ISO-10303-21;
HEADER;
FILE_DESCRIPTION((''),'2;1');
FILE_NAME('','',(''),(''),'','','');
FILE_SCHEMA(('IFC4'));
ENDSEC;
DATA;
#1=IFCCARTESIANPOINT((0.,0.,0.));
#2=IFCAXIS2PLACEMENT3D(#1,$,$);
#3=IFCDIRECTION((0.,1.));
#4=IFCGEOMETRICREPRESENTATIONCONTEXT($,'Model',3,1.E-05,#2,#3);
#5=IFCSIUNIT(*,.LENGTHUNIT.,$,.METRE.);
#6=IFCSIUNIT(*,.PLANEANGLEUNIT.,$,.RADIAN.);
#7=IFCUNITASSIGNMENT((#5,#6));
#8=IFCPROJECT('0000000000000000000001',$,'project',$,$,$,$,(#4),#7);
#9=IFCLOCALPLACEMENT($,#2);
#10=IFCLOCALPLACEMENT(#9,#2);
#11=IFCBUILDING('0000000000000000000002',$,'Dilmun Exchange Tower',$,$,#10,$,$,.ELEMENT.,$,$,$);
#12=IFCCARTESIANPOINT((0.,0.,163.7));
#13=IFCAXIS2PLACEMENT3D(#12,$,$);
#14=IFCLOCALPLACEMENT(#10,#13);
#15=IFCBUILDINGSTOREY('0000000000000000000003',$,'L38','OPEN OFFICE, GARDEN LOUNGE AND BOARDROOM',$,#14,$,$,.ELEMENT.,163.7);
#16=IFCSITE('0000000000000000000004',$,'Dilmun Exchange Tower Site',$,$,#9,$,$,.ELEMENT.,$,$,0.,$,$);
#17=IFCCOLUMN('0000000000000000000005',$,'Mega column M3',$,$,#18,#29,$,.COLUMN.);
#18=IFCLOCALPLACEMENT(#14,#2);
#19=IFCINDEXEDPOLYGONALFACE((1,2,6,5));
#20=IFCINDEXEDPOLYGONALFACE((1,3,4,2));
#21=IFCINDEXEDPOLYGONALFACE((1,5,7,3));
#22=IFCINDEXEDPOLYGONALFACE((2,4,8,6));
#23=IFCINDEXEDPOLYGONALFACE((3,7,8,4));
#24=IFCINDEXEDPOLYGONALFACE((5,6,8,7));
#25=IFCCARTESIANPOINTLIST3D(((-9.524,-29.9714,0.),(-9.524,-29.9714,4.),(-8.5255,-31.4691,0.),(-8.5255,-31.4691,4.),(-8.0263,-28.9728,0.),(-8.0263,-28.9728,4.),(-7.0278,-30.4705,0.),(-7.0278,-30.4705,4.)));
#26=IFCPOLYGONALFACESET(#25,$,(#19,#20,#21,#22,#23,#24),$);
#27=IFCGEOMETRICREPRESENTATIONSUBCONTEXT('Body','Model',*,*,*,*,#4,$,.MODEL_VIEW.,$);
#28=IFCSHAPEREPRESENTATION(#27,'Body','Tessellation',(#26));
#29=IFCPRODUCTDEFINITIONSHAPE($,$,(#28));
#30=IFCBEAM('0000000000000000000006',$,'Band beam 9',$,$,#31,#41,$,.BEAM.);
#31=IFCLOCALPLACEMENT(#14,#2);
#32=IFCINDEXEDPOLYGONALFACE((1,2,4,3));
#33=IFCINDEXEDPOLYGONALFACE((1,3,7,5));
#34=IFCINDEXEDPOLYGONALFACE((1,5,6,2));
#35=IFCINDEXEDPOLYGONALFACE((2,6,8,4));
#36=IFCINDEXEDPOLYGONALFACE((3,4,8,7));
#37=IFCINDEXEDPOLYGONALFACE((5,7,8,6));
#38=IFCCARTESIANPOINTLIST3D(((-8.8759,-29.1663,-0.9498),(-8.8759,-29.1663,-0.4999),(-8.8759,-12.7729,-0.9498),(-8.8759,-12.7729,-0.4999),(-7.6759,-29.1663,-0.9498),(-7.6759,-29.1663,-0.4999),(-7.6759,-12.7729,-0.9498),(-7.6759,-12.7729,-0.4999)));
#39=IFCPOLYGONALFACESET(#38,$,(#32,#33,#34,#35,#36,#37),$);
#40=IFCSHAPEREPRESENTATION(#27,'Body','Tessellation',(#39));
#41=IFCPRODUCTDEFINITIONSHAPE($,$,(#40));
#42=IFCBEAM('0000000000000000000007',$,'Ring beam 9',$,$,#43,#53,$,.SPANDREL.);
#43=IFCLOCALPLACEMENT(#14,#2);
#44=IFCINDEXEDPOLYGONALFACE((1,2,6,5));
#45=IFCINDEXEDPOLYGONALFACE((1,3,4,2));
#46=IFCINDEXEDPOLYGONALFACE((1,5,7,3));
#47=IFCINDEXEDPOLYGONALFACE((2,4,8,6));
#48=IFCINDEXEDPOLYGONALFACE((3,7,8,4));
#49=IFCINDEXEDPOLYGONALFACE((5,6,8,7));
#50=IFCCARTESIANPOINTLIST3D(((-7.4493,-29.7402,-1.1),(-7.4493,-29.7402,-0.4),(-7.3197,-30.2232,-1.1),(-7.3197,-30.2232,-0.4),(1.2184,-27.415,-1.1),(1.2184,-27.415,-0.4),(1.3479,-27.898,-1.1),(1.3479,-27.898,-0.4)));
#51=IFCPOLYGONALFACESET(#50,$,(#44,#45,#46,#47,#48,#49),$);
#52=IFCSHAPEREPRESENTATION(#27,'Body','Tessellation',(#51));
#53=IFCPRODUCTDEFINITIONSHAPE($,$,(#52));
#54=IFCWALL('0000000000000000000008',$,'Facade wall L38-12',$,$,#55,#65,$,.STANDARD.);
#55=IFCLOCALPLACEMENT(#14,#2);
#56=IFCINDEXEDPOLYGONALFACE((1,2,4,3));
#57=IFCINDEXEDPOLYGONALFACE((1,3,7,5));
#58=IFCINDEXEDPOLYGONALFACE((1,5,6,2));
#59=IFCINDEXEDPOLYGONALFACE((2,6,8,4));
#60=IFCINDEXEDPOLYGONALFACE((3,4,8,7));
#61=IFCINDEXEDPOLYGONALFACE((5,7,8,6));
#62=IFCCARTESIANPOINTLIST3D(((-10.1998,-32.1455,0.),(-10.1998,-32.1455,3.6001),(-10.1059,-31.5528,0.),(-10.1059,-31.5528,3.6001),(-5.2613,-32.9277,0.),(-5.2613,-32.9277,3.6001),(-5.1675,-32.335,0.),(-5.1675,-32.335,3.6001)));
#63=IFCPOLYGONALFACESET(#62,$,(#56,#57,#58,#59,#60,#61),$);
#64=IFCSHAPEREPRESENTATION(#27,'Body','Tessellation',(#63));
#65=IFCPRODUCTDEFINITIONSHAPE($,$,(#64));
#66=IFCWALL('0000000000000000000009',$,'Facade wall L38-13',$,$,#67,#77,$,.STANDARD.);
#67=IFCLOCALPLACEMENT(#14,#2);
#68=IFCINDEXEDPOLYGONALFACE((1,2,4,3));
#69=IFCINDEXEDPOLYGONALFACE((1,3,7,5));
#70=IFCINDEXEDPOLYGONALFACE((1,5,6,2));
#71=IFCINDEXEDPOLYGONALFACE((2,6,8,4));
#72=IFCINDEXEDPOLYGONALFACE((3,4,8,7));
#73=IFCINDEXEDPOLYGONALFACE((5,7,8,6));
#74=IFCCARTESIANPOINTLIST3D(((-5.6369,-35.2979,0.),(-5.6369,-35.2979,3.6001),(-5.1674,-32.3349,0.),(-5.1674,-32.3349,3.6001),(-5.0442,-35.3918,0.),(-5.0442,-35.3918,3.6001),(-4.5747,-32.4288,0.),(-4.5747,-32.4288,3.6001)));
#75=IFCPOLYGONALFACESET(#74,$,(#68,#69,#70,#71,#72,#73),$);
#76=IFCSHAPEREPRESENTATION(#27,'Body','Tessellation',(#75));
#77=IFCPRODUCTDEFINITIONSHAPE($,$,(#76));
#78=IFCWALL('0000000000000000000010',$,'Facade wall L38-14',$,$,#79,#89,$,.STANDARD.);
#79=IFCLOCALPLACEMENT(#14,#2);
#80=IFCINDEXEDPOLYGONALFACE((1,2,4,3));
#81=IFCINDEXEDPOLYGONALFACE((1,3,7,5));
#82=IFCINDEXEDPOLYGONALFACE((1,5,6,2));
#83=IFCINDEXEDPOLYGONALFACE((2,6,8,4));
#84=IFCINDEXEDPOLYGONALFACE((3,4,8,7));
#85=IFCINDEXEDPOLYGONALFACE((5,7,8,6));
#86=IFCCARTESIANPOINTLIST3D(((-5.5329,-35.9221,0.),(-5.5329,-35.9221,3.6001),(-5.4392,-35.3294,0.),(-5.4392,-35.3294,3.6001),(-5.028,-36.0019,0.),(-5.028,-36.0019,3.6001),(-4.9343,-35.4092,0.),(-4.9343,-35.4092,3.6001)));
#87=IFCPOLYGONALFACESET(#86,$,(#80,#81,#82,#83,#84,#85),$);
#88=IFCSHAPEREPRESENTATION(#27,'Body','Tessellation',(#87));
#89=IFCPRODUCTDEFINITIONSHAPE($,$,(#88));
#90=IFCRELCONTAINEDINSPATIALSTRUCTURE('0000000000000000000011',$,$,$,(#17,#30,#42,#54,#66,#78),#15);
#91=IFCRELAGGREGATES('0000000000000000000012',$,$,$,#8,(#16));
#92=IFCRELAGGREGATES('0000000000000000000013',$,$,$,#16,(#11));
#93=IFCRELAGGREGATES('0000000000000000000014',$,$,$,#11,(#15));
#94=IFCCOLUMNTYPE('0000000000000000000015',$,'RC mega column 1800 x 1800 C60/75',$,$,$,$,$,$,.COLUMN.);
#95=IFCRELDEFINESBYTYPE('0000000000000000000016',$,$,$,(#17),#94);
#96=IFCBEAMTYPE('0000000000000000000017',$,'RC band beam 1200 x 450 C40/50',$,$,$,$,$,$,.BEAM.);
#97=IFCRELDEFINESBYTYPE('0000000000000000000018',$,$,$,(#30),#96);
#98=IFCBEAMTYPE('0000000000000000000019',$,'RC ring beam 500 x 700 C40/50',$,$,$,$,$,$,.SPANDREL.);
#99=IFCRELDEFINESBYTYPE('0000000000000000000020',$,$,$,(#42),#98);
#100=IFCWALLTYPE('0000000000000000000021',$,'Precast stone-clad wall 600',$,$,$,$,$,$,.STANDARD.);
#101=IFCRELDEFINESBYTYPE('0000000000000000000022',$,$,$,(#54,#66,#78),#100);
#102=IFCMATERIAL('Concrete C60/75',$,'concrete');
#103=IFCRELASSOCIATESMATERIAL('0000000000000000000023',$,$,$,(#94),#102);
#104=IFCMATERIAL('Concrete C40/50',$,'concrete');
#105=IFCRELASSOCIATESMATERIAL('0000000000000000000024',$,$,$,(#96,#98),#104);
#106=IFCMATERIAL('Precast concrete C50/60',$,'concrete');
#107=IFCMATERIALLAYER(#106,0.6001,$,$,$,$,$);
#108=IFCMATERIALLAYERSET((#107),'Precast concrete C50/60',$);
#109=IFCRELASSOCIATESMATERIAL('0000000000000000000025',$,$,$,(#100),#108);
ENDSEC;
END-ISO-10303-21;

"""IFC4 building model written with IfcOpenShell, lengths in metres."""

from ifc_helpers import new_model, si_unit, direction, frame, frame_2d, origin, origin_2d, place, context, subcontext, project, spatial, rectangle, extrude, material, layer, layer_set, material_profile, profile_set, type_object, element, save


model = new_model("IFC4")

# Units and contexts
model_context = context("Model", 3, precision=1e-05, world=origin(), true_north=direction((0.0, 1.0)))
body_context = subcontext(model_context, "Body", "Model", "MODEL_VIEW")
ifc_project = project(units=[si_unit("LENGTHUNIT", "METRE"), si_unit("PLANEANGLEUNIT", "RADIAN")], contexts=[model_context])

# Site, building, storey
site_placement = place(None, origin())
site = spatial("IfcSite", under=ifc_project, at=site_placement, Name="Dilmun Exchange Tower Site", CompositionType="ELEMENT", RefElevation=0.0)
building_placement = place(site_placement, origin())
building = spatial("IfcBuilding", under=site, at=building_placement, Name="Dilmun Exchange Tower", CompositionType="ELEMENT")
storey_placement = place(building_placement, frame((0.0, 0.0, 163.7)))
storey = spatial("IfcBuildingStorey", under=building, at=storey_placement, Name="L38", Description="OPEN OFFICE, GARDEN LOUNGE AND BOARDROOM", CompositionType="ELEMENT", Elevation=163.7)

# Column
ifc_material_1 = material(Name="Concrete C60/75", Category="concrete")
ifc_material_profile_1 = material_profile(ifc_material_1, rectangle(XDim=1.8, YDim=1.8, at=origin_2d()), Name="1800 x 1800")
ifc_profile_set_1 = profile_set([ifc_material_profile_1], Name="Concrete C60/75")
column_type = type_object("IfcColumnType", Name="RC mega column 1800 x 1800 C60/75", PredefinedType="COLUMN", material=ifc_profile_set_1)
column_placement = place(storey_placement, frame((-8.2759, -30.2209, 0.0), z_axis=(0.0, 0.0, 1.0), x_axis=(0.832029, 0.554733, 0.0)))
element("IfcColumn", 1, at=column_placement, inside=storey, type_object=column_type, Name="Mega column M3", PredefinedType="COLUMN", context=body_context, shape_type="SweptSolid", body=[
    extrude(rectangle(XDim=1.8, YDim=1.8, at=origin_2d()), origin(), (0.0, 0.0, 1.0), 4.0),
])

# Beams
ifc_material_2 = material(Name="Concrete C40/50", Category="concrete")
ifc_material_profile_2 = material_profile(ifc_material_2, rectangle(XDim=1.2, YDim=0.45, at=origin_2d()), Name="1200 x 450")
ifc_profile_set_2 = profile_set([ifc_material_profile_2], Name="Concrete C40/50")
beam_type_1 = type_object("IfcBeamType", Name="RC band beam 1200 x 450 C40/50", PredefinedType="BEAM", material=ifc_profile_set_2)
beam_1_placement = place(storey_placement, frame((-8.2759, -29.1663, -0.7249), z_axis=(0.0, 1.0, 0.0), x_axis=(-1.0, 0.0, 0.0)))
element("IfcBeam", 2, at=beam_1_placement, inside=storey, type_object=beam_type_1, Name="Band beam 9", PredefinedType="BEAM", context=body_context, shape_type="SweptSolid", body=[
    extrude(rectangle(XDim=1.2, YDim=0.45, at=origin_2d()), origin(), (0.0, 0.0, 1.0), 16.3933),
])
ifc_material_profile_3 = material_profile(ifc_material_2, rectangle(XDim=0.5, YDim=0.7, at=origin_2d()), Name="500 x 700")
ifc_profile_set_3 = profile_set([ifc_material_profile_3], Name="Concrete C40/50")
beam_type_2 = type_object("IfcBeamType", Name="RC ring beam 500 x 700 C40/50", PredefinedType="SPANDREL", material=ifc_profile_set_3)
beam_2_placement = place(storey_placement, frame((-7.3845, -29.9817, -0.75), z_axis=(0.965851, 0.259098, 0.0), x_axis=(-0.259098, 0.965851, 0.0)))
element("IfcBeam", 3, at=beam_2_placement, inside=storey, type_object=beam_type_2, Name="Ring beam 9", PredefinedType="SPANDREL", context=body_context, shape_type="SweptSolid", body=[
    extrude(rectangle(XDim=0.5, YDim=0.7, at=origin_2d()), origin(), (0.0, 0.0, 1.0), 8.9741),
])

# Walls
ifc_material_3 = material(Name="Precast concrete C50/60", Category="concrete")
ifc_layer = layer(ifc_material_3, 0.6001)
ifc_layer_set = layer_set([ifc_layer], Name="Precast concrete C50/60")
wall_type = type_object("IfcWallType", Name="Precast stone-clad wall 600", PredefinedType="STANDARD", material=ifc_layer_set)
wall_1_placement = place(storey_placement, frame((-10.1528, -31.8491, 0.0), z_axis=(0.0, 0.0, 1.0), x_axis=(0.987687, -0.156444, 0.0)))
element("IfcWall", 4, at=wall_1_placement, inside=storey, type_object=wall_type, Name="Facade wall L38-12", PredefinedType="STANDARD", context=body_context, shape_type="SweptSolid", body=[
    extrude(rectangle(XDim=5.0, YDim=0.6001, at=frame_2d((2.5, 0.0))), origin(), (0.0, 0.0, 1.0), 3.6001),
])
wall_2_placement = place(storey_placement, frame((-4.8711, -32.3818, 0.0), z_axis=(0.0, 0.0, 1.0), x_axis=(-0.156489, -0.98768, 0.0)))
element("IfcWall", 5, at=wall_2_placement, inside=storey, type_object=wall_type, Name="Facade wall L38-13", PredefinedType="STANDARD", context=body_context, shape_type="SweptSolid", body=[
    extrude(rectangle(XDim=3.0, YDim=0.6001, at=frame_2d((1.5, 0.0))), origin(), (0.0, 0.0, 1.0), 3.6001),
])
wall_3_placement = place(storey_placement, frame((-5.4861, -35.6257, 0.0), z_axis=(0.0, 0.0, 1.0), x_axis=(0.987728, -0.156183, 0.0)))
element("IfcWall", 6, at=wall_3_placement, inside=storey, type_object=wall_type, Name="Facade wall L38-14", PredefinedType="STANDARD", context=body_context, shape_type="SweptSolid", body=[
    extrude(rectangle(XDim=0.5112, YDim=0.6001, at=frame_2d((0.2556, 0.0))), origin(), (0.0, 0.0, 1.0), 3.6001),
])

save(model, "model.ifc")
